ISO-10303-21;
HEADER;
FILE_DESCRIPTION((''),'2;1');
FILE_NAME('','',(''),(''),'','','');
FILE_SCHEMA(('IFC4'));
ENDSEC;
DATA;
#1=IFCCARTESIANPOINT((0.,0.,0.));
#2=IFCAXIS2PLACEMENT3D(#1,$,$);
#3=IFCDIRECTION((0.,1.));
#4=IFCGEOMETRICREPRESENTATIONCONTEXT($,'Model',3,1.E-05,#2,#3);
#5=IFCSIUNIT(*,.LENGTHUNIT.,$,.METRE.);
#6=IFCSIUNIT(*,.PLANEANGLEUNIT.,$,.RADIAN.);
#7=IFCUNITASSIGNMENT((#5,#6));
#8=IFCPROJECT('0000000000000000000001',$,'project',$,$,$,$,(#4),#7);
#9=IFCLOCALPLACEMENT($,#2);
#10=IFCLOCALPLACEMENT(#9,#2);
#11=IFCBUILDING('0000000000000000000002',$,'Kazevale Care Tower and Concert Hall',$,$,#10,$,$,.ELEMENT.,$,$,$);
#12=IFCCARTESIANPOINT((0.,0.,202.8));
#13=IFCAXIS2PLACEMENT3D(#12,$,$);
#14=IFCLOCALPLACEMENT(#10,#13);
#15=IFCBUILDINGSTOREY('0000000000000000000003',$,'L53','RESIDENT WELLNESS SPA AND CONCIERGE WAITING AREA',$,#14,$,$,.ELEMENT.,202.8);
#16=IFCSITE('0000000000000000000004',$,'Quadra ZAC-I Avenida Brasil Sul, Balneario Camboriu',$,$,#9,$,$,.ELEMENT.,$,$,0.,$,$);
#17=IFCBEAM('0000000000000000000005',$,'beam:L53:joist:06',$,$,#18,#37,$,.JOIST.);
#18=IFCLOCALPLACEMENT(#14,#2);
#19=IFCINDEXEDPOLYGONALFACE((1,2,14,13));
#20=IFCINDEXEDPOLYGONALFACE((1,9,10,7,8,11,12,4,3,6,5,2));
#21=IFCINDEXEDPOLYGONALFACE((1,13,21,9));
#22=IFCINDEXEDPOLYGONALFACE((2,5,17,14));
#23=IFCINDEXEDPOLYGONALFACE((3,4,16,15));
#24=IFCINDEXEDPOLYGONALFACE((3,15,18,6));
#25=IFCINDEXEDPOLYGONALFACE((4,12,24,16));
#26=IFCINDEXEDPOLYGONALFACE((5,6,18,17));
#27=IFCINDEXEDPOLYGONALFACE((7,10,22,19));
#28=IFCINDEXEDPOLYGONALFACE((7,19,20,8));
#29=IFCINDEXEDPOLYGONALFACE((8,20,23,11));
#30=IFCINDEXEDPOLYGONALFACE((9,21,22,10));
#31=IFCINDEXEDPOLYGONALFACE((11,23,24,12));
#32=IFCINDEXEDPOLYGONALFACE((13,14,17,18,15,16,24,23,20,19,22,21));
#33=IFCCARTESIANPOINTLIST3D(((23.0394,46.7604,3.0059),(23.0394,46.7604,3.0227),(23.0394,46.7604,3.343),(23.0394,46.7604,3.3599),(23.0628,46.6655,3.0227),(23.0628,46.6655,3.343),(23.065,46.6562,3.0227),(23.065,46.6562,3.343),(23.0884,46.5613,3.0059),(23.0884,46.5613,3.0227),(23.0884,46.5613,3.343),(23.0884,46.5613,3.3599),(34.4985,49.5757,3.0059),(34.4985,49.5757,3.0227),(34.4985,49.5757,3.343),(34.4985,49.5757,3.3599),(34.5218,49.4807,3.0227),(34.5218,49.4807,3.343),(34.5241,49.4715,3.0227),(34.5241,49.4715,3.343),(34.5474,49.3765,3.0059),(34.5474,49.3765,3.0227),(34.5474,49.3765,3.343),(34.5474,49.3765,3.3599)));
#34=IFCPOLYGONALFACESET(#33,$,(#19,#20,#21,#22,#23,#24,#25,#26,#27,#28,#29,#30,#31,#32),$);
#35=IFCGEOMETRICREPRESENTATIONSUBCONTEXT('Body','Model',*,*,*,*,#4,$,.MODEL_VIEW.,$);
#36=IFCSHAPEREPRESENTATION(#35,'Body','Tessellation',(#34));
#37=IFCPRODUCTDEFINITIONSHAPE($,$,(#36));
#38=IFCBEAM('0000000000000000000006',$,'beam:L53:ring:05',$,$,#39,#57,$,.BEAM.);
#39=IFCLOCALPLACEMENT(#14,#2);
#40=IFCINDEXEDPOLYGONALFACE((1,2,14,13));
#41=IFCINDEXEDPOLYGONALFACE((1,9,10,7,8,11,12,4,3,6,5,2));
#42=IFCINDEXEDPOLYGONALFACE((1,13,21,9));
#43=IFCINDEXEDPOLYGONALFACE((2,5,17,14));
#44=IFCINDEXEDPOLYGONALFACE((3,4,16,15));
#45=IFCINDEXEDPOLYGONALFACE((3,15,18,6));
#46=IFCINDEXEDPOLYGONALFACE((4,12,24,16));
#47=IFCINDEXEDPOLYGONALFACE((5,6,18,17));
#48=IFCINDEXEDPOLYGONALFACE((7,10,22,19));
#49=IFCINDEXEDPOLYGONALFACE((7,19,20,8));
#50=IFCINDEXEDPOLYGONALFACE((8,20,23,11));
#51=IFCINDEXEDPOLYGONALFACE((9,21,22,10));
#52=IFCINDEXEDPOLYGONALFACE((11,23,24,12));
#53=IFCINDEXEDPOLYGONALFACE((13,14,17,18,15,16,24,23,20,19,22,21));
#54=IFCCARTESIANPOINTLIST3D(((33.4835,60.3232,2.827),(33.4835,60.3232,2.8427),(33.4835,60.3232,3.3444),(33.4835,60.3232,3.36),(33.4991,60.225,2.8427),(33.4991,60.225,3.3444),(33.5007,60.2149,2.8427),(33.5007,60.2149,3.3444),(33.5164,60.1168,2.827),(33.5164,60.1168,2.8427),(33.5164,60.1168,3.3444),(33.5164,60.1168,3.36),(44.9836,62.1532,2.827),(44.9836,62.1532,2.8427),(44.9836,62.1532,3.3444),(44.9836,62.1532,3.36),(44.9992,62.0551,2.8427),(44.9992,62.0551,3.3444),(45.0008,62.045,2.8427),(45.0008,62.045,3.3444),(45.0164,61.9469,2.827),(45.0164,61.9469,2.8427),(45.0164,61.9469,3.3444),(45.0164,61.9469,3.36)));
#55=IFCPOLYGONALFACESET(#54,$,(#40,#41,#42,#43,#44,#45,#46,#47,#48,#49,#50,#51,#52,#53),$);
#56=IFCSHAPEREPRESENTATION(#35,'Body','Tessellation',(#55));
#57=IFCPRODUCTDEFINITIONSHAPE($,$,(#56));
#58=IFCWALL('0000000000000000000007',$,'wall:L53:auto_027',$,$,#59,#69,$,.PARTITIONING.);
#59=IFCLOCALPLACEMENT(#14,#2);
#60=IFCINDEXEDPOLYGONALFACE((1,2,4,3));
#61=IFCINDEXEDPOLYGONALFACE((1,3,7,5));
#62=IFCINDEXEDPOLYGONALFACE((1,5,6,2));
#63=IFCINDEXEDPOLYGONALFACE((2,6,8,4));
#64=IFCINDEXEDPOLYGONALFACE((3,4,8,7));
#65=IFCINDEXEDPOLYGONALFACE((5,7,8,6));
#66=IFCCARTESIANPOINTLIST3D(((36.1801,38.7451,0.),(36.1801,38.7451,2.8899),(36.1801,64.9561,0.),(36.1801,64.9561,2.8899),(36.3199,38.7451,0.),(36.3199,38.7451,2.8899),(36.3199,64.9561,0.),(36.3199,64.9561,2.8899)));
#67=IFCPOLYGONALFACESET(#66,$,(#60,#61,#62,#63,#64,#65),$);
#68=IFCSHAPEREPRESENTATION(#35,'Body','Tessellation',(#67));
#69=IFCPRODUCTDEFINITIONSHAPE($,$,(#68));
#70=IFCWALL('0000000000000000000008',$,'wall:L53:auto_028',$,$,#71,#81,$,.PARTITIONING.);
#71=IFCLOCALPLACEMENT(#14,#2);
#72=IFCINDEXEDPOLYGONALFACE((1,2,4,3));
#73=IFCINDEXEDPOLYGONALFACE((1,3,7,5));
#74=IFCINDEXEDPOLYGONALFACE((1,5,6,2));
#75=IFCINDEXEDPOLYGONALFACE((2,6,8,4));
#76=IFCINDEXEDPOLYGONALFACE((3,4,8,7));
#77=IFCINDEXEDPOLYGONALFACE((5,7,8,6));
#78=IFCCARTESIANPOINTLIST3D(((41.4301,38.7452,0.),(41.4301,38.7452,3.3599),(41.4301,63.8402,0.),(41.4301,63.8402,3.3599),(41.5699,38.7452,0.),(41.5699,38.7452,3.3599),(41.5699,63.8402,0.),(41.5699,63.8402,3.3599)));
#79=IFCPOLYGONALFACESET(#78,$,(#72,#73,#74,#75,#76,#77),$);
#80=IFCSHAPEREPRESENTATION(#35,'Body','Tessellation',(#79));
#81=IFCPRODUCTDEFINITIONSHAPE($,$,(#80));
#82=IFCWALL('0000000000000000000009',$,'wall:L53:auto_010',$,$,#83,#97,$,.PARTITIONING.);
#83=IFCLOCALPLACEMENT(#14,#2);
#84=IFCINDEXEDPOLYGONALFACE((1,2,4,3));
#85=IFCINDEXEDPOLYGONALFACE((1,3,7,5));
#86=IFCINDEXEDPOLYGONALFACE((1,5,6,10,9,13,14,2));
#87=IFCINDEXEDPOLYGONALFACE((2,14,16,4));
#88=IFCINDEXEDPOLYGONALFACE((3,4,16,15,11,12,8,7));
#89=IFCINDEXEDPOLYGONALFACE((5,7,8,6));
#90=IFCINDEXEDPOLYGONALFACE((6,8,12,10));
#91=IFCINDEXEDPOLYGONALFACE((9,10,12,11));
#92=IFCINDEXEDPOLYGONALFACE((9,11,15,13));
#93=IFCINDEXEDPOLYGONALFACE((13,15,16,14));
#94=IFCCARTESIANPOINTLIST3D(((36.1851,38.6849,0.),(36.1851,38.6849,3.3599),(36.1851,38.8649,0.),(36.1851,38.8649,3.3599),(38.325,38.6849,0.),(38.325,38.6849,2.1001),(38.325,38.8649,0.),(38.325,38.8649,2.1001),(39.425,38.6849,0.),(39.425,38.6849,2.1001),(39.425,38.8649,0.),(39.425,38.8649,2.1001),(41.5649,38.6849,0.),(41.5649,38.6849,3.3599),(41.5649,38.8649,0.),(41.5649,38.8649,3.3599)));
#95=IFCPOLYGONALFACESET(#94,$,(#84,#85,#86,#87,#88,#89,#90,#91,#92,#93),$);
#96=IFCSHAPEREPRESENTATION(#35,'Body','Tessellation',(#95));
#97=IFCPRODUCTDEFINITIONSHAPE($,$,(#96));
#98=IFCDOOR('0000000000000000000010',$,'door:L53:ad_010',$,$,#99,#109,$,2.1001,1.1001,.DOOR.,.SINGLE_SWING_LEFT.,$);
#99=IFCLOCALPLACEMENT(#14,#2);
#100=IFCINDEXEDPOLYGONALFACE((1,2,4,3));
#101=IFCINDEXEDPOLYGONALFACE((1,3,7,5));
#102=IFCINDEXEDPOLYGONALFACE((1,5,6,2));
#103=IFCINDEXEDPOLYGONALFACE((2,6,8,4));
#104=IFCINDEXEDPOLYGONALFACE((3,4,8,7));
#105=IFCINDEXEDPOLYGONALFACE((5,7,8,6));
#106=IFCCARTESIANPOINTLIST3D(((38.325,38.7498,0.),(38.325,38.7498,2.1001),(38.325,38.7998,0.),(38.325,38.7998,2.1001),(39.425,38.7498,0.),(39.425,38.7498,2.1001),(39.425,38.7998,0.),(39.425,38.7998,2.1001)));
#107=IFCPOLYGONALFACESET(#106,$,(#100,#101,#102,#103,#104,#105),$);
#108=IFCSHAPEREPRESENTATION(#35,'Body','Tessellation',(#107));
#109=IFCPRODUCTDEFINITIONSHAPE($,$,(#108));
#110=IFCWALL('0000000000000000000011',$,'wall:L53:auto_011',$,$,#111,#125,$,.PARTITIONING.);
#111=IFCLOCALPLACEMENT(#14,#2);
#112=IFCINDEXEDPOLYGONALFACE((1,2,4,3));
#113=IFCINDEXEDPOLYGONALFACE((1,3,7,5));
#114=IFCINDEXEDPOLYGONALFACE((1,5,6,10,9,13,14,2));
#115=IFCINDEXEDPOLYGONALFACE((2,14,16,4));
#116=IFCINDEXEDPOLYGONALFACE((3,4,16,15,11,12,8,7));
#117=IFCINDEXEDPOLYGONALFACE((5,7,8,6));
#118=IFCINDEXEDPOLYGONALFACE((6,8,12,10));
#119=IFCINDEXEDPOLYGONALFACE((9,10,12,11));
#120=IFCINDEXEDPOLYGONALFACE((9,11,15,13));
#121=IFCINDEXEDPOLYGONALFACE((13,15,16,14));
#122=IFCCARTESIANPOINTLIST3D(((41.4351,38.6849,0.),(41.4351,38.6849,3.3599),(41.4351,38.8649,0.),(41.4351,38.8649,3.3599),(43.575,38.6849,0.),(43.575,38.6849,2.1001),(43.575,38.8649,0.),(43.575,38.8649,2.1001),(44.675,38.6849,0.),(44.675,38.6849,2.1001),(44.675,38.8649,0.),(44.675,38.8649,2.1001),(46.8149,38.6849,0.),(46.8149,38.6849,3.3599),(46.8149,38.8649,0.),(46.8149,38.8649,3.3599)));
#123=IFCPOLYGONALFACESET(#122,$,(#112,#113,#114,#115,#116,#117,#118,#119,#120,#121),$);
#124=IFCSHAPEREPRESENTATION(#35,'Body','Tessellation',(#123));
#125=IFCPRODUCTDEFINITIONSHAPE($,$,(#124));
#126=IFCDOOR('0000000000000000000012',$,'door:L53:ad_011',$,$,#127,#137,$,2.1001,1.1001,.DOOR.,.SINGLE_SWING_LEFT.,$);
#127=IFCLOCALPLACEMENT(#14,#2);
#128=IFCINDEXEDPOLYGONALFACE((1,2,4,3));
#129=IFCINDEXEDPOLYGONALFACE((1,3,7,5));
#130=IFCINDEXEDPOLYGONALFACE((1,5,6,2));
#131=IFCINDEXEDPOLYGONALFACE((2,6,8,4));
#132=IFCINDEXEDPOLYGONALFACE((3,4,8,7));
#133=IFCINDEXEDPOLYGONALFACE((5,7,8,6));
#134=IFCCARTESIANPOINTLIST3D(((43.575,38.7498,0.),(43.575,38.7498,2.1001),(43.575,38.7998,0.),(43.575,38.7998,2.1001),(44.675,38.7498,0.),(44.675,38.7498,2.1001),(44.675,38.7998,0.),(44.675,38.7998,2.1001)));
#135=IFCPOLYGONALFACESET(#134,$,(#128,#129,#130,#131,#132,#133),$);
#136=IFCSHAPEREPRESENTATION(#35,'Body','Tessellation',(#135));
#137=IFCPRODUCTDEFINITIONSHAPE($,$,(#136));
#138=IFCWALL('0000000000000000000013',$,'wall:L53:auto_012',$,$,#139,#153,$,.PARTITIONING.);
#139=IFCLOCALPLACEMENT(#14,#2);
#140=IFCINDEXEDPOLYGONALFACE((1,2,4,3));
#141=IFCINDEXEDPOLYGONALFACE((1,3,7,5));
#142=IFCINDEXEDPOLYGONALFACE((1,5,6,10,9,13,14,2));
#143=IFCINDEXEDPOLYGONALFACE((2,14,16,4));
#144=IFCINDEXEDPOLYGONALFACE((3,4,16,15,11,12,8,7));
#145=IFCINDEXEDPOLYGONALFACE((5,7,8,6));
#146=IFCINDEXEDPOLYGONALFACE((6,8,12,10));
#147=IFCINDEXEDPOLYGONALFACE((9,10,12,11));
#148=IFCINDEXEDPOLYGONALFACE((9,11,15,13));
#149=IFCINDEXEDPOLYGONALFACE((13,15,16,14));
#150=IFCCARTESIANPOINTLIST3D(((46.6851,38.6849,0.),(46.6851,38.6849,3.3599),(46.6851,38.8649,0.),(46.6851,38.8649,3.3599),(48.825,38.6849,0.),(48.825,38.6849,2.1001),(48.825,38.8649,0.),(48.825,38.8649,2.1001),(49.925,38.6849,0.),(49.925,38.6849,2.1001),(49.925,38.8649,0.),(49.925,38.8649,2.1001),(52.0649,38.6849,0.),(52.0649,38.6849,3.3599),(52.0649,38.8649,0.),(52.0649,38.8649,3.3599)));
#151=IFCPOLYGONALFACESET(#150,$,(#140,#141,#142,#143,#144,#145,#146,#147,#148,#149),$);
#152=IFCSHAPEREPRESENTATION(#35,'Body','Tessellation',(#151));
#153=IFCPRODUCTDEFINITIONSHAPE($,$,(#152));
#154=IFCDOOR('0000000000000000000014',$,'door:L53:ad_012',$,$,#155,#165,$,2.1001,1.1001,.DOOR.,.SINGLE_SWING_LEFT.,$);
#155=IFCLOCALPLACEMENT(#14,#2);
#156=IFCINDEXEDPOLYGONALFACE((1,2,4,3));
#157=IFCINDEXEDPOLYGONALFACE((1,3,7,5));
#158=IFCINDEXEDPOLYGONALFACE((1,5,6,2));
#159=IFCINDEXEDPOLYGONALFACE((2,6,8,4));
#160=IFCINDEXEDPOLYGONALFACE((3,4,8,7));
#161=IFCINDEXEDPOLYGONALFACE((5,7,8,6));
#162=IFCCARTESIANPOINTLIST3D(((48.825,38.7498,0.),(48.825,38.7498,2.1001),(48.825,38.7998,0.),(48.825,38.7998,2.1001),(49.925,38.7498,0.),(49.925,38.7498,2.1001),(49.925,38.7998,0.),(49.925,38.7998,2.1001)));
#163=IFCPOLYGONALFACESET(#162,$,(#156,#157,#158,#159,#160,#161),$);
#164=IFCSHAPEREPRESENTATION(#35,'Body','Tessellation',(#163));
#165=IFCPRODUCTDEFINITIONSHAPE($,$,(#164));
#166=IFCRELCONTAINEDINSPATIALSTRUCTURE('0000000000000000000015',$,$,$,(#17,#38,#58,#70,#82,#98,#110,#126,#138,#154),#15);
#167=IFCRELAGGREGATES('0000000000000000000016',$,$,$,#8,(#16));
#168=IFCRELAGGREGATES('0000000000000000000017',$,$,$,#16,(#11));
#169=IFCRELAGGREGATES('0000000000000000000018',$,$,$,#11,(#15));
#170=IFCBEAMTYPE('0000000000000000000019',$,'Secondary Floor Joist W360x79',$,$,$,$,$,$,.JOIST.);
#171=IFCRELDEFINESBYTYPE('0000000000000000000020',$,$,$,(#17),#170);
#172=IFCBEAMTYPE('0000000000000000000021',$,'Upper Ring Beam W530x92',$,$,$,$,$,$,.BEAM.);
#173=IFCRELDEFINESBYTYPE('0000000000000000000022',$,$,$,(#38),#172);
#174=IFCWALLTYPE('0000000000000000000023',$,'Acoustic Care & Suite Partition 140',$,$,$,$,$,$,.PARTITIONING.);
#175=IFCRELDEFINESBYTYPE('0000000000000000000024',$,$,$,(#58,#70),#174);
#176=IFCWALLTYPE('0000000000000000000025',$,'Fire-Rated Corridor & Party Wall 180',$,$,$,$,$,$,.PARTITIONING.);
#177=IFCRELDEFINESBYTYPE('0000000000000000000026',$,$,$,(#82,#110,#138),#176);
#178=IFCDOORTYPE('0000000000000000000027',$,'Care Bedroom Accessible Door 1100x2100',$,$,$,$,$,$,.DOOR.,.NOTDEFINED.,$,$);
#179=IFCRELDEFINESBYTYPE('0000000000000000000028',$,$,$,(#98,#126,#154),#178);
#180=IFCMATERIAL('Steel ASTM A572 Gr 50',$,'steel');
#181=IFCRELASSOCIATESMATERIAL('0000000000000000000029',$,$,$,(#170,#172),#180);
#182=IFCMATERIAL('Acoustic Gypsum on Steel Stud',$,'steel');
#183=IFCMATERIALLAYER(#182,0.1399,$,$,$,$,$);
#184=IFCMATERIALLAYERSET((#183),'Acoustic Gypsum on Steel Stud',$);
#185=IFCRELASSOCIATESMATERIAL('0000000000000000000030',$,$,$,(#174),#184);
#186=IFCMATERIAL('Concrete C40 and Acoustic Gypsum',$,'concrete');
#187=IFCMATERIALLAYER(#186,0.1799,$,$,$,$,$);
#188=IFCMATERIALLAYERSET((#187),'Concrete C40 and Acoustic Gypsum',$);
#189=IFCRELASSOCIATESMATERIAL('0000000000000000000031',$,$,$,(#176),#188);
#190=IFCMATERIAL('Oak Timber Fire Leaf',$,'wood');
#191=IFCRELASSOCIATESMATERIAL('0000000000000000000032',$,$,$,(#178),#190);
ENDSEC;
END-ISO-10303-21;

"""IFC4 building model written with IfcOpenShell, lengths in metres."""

from ifc_helpers import new_model, si_unit, direction, frame, frame_2d, origin, origin_2d, place, context, subcontext, project, spatial, rectangle, i_section, extrude, material, layer, layer_set, material_profile, profile_set, type_object, element, fill, save


model = new_model("IFC4")

# Units and contexts
model_context = context("Model", 3, precision=1e-05, world=origin(), true_north=direction((0.0, 1.0)))
body_context = subcontext(model_context, "Body", "Model", "MODEL_VIEW")
ifc_project = project(units=[si_unit("LENGTHUNIT", "METRE"), si_unit("PLANEANGLEUNIT", "RADIAN")], contexts=[model_context])

# Site, building, storey
site_placement = place(None, origin())
site = spatial("IfcSite", under=ifc_project, at=site_placement, Name="Quadra ZAC-I Avenida Brasil Sul, Balneario Camboriu", CompositionType="ELEMENT", RefElevation=0.0)
building_placement = place(site_placement, origin())
building = spatial("IfcBuilding", under=site, at=building_placement, Name="Kazevale Care Tower and Concert Hall", CompositionType="ELEMENT")
storey_placement = place(building_placement, frame((0.0, 0.0, 202.8)))
storey = spatial("IfcBuildingStorey", under=building, at=storey_placement, Name="L53", Description="RESIDENT WELLNESS SPA AND CONCIERGE WAITING AREA", CompositionType="ELEMENT", Elevation=202.8)

# Beams
ifc_material_1 = material(Name="Steel ASTM A572 Gr 50", Category="steel")
ifc_material_profile_1 = material_profile(ifc_material_1, i_section(OverallWidth=0.2051, OverallDepth=0.354, WebThickness=0.0095, FlangeThickness=0.0168, at=origin_2d()), Name="W360x79")
ifc_profile_set_1 = profile_set([ifc_material_profile_1], Name="Steel ASTM A572 Gr 50")
beam_type_1 = type_object("IfcBeamType", Name="Secondary Floor Joist W360x79", PredefinedType="JOIST", material=ifc_profile_set_1)
beam_1_placement = place(storey_placement, frame((34.5229, 49.4761, 3.1829), z_axis=(-0.971123, -0.238581, 0.0), x_axis=(0.238581, -0.971123, 0.0)))
element("IfcBeam", 1, at=beam_1_placement, inside=storey, type_object=beam_type_1, Name="beam:L53:joist:06", PredefinedType="JOIST", context=body_context, shape_type="SweptSolid", body=[
    extrude(i_section(OverallWidth=0.2051, OverallDepth=0.354, WebThickness=0.0095, FlangeThickness=0.0168, at=origin_2d()), origin(), (0.0, 0.0, 1.0), 11.7998),
])
ifc_material_profile_2 = material_profile(ifc_material_1, i_section(OverallWidth=0.209, OverallDepth=0.533, WebThickness=0.0103, FlangeThickness=0.0156, at=origin_2d()), Name="W530x92")
ifc_profile_set_2 = profile_set([ifc_material_profile_2], Name="Steel ASTM A572 Gr 50")
beam_type_2 = type_object("IfcBeamType", Name="Upper Ring Beam W530x92", PredefinedType="BEAM", material=ifc_profile_set_2)
beam_2_placement = place(storey_placement, frame((45.0, 62.05, 3.0935), z_axis=(-0.987573, -0.15716, 0.0), x_axis=(0.15716, -0.987573, 0.0)))
element("IfcBeam", 2, at=beam_2_placement, inside=storey, type_object=beam_type_2, Name="beam:L53:ring:05", PredefinedType="BEAM", context=body_context, shape_type="SweptSolid", body=[
    extrude(i_section(OverallWidth=0.209, OverallDepth=0.533, WebThickness=0.0103, FlangeThickness=0.0156, at=origin_2d()), origin(), (0.0, 0.0, 1.0), 11.6448),
])

# Walls
ifc_material_2 = material(Name="Acoustic Gypsum on Steel Stud", Category="steel")
ifc_layer_1 = layer(ifc_material_2, 0.1399)
ifc_layer_set_1 = layer_set([ifc_layer_1], Name="Acoustic Gypsum on Steel Stud")
wall_type_1 = type_object("IfcWallType", Name="Acoustic Care & Suite Partition 140", PredefinedType="PARTITIONING", material=ifc_layer_set_1)
wall_1_placement = place(storey_placement, frame((36.25, 64.9561, 0.0), z_axis=(0.0, 0.0, 1.0), x_axis=(0.0, -1.0, 0.0)))
element("IfcWall", 3, at=wall_1_placement, inside=storey, type_object=wall_type_1, Name="wall:L53:auto_027", PredefinedType="PARTITIONING", context=body_context, shape_type="SweptSolid", body=[
    extrude(rectangle(XDim=26.2109, YDim=0.1399, at=frame_2d((13.1055, 0.0))), origin(), (0.0, 0.0, 1.0), 2.8899),
])
wall_2_placement = place(storey_placement, frame((41.5, 63.8401, 0.0), z_axis=(0.0, 0.0, 1.0), x_axis=(0.0, -1.0, 0.0)))
element("IfcWall", 4, at=wall_2_placement, inside=storey, type_object=wall_type_1, Name="wall:L53:auto_028", PredefinedType="PARTITIONING", context=body_context, shape_type="SweptSolid", body=[
    extrude(rectangle(XDim=25.095, YDim=0.1399, at=frame_2d((12.5474, 0.0))), origin(), (0.0, 0.0, 1.0), 3.3599),
])

# Walls, openings, doors
ifc_material_3 = material(Name="Concrete C40 and Acoustic Gypsum", Category="concrete")
ifc_layer_2 = layer(ifc_material_3, 0.1799)
ifc_layer_set_2 = layer_set([ifc_layer_2], Name="Concrete C40 and Acoustic Gypsum")
wall_type_2 = type_object("IfcWallType", Name="Fire-Rated Corridor & Party Wall 180", PredefinedType="PARTITIONING", material=ifc_layer_set_2)
wall_3_placement = place(storey_placement, frame((36.1851, 38.7749, 0.0), z_axis=(0.0, 0.0, 1.0), x_axis=(1.0, 0.0, 0.0)))
wall_3 = element("IfcWall", 5, at=wall_3_placement, inside=storey, type_object=wall_type_2, Name="wall:L53:auto_010", PredefinedType="PARTITIONING", context=body_context, shape_type="SweptSolid", body=[
    extrude(rectangle(XDim=5.3799, YDim=0.1799, at=frame_2d((2.6899, 0.0))), origin(), (0.0, 0.0, 1.0), 3.3599),
])
opening_1_placement = place(wall_3_placement, frame((2.1399, 0.0, 0.0)))
opening_1 = element("IfcOpeningElement", 6, at=opening_1_placement, cuts=wall_3, PredefinedType="OPENING", context=body_context, shape_type="SweptSolid", body=[
    extrude(rectangle(XDim=1.1001, YDim=2.1001, at=frame_2d((0.55, 1.05))), frame((0.0, 0.0999, 0.0), z_axis=(0.0, -1.0, 0.0), x_axis=(1.0, 0.0, 0.0)), (0.0, 0.0, 1.0), 0.2),
])
ifc_material_4 = material(Name="Oak Timber Fire Leaf", Category="wood")
door_type = type_object("IfcDoorType", Name="Care Bedroom Accessible Door 1100x2100", OperationType="NOTDEFINED", PredefinedType="DOOR", material=ifc_material_4)
door_1_placement = place(opening_1_placement, origin())
door_1 = element("IfcDoor", 7, at=door_1_placement, inside=storey, type_object=door_type, Name="door:L53:ad_010", OperationType="SINGLE_SWING_LEFT", OverallHeight=2.1001, OverallWidth=1.1001, PredefinedType="DOOR", context=body_context, shape_type="SweptSolid", body=[
    extrude(rectangle(XDim=1.1001, YDim=2.1001, at=frame_2d((0.55, 1.05))), frame((0.0, 0.0249, 0.0), z_axis=(0.0, -1.0, 0.0), x_axis=(1.0, 0.0, 0.0)), (0.0, 0.0, 1.0), 0.05),
])
fill(opening_1, door_1)
wall_4_placement = place(storey_placement, frame((41.4351, 38.7749, 0.0), z_axis=(0.0, 0.0, 1.0), x_axis=(1.0, 0.0, 0.0)))
wall_4 = element("IfcWall", 8, at=wall_4_placement, inside=storey, type_object=wall_type_2, Name="wall:L53:auto_011", PredefinedType="PARTITIONING", context=body_context, shape_type="SweptSolid", body=[
    extrude(rectangle(XDim=5.3799, YDim=0.1799, at=frame_2d((2.6899, 0.0))), origin(), (0.0, 0.0, 1.0), 3.3599),
])
opening_2_placement = place(wall_4_placement, frame((2.1399, 0.0, 0.0)))
opening_2 = element("IfcOpeningElement", 9, at=opening_2_placement, cuts=wall_4, PredefinedType="OPENING", context=body_context, shape_type="SweptSolid", body=[
    extrude(rectangle(XDim=1.1001, YDim=2.1001, at=frame_2d((0.55, 1.05))), frame((0.0, 0.0999, 0.0), z_axis=(0.0, -1.0, 0.0), x_axis=(1.0, 0.0, 0.0)), (0.0, 0.0, 1.0), 0.2),
])
door_2_placement = place(opening_2_placement, origin())
door_2 = element("IfcDoor", 10, at=door_2_placement, inside=storey, type_object=door_type, Name="door:L53:ad_011", OperationType="SINGLE_SWING_LEFT", OverallHeight=2.1001, OverallWidth=1.1001, PredefinedType="DOOR", context=body_context, shape_type="SweptSolid", body=[
    extrude(rectangle(XDim=1.1001, YDim=2.1001, at=frame_2d((0.55, 1.05))), frame((0.0, 0.0249, 0.0), z_axis=(0.0, -1.0, 0.0), x_axis=(1.0, 0.0, 0.0)), (0.0, 0.0, 1.0), 0.05),
])
fill(opening_2, door_2)
wall_5_placement = place(storey_placement, frame((46.6851, 38.7749, 0.0), z_axis=(0.0, 0.0, 1.0), x_axis=(1.0, 0.0, 0.0)))
wall_5 = element("IfcWall", 11, at=wall_5_placement, inside=storey, type_object=wall_type_2, Name="wall:L53:auto_012", PredefinedType="PARTITIONING", context=body_context, shape_type="SweptSolid", body=[
    extrude(rectangle(XDim=5.3799, YDim=0.1799, at=frame_2d((2.6899, 0.0))), origin(), (0.0, 0.0, 1.0), 3.3599),
])
opening_3_placement = place(wall_5_placement, frame((2.1399, 0.0, 0.0)))
opening_3 = element("IfcOpeningElement", 12, at=opening_3_placement, cuts=wall_5, PredefinedType="OPENING", context=body_context, shape_type="SweptSolid", body=[
    extrude(rectangle(XDim=1.1001, YDim=2.1001, at=frame_2d((0.55, 1.05))), frame((0.0, 0.0999, 0.0), z_axis=(0.0, -1.0, 0.0), x_axis=(1.0, 0.0, 0.0)), (0.0, 0.0, 1.0), 0.2),
])
door_3_placement = place(opening_3_placement, origin())
door_3 = element("IfcDoor", 13, at=door_3_placement, inside=storey, type_object=door_type, Name="door:L53:ad_012", OperationType="SINGLE_SWING_LEFT", OverallHeight=2.1001, OverallWidth=1.1001, PredefinedType="DOOR", context=body_context, shape_type="SweptSolid", body=[
    extrude(rectangle(XDim=1.1001, YDim=2.1001, at=frame_2d((0.55, 1.05))), frame((0.0, 0.0249, 0.0), z_axis=(0.0, -1.0, 0.0), x_axis=(1.0, 0.0, 0.0)), (0.0, 0.0, 1.0), 0.05),
])
fill(opening_3, door_3)

save(model, "model.ifc")
